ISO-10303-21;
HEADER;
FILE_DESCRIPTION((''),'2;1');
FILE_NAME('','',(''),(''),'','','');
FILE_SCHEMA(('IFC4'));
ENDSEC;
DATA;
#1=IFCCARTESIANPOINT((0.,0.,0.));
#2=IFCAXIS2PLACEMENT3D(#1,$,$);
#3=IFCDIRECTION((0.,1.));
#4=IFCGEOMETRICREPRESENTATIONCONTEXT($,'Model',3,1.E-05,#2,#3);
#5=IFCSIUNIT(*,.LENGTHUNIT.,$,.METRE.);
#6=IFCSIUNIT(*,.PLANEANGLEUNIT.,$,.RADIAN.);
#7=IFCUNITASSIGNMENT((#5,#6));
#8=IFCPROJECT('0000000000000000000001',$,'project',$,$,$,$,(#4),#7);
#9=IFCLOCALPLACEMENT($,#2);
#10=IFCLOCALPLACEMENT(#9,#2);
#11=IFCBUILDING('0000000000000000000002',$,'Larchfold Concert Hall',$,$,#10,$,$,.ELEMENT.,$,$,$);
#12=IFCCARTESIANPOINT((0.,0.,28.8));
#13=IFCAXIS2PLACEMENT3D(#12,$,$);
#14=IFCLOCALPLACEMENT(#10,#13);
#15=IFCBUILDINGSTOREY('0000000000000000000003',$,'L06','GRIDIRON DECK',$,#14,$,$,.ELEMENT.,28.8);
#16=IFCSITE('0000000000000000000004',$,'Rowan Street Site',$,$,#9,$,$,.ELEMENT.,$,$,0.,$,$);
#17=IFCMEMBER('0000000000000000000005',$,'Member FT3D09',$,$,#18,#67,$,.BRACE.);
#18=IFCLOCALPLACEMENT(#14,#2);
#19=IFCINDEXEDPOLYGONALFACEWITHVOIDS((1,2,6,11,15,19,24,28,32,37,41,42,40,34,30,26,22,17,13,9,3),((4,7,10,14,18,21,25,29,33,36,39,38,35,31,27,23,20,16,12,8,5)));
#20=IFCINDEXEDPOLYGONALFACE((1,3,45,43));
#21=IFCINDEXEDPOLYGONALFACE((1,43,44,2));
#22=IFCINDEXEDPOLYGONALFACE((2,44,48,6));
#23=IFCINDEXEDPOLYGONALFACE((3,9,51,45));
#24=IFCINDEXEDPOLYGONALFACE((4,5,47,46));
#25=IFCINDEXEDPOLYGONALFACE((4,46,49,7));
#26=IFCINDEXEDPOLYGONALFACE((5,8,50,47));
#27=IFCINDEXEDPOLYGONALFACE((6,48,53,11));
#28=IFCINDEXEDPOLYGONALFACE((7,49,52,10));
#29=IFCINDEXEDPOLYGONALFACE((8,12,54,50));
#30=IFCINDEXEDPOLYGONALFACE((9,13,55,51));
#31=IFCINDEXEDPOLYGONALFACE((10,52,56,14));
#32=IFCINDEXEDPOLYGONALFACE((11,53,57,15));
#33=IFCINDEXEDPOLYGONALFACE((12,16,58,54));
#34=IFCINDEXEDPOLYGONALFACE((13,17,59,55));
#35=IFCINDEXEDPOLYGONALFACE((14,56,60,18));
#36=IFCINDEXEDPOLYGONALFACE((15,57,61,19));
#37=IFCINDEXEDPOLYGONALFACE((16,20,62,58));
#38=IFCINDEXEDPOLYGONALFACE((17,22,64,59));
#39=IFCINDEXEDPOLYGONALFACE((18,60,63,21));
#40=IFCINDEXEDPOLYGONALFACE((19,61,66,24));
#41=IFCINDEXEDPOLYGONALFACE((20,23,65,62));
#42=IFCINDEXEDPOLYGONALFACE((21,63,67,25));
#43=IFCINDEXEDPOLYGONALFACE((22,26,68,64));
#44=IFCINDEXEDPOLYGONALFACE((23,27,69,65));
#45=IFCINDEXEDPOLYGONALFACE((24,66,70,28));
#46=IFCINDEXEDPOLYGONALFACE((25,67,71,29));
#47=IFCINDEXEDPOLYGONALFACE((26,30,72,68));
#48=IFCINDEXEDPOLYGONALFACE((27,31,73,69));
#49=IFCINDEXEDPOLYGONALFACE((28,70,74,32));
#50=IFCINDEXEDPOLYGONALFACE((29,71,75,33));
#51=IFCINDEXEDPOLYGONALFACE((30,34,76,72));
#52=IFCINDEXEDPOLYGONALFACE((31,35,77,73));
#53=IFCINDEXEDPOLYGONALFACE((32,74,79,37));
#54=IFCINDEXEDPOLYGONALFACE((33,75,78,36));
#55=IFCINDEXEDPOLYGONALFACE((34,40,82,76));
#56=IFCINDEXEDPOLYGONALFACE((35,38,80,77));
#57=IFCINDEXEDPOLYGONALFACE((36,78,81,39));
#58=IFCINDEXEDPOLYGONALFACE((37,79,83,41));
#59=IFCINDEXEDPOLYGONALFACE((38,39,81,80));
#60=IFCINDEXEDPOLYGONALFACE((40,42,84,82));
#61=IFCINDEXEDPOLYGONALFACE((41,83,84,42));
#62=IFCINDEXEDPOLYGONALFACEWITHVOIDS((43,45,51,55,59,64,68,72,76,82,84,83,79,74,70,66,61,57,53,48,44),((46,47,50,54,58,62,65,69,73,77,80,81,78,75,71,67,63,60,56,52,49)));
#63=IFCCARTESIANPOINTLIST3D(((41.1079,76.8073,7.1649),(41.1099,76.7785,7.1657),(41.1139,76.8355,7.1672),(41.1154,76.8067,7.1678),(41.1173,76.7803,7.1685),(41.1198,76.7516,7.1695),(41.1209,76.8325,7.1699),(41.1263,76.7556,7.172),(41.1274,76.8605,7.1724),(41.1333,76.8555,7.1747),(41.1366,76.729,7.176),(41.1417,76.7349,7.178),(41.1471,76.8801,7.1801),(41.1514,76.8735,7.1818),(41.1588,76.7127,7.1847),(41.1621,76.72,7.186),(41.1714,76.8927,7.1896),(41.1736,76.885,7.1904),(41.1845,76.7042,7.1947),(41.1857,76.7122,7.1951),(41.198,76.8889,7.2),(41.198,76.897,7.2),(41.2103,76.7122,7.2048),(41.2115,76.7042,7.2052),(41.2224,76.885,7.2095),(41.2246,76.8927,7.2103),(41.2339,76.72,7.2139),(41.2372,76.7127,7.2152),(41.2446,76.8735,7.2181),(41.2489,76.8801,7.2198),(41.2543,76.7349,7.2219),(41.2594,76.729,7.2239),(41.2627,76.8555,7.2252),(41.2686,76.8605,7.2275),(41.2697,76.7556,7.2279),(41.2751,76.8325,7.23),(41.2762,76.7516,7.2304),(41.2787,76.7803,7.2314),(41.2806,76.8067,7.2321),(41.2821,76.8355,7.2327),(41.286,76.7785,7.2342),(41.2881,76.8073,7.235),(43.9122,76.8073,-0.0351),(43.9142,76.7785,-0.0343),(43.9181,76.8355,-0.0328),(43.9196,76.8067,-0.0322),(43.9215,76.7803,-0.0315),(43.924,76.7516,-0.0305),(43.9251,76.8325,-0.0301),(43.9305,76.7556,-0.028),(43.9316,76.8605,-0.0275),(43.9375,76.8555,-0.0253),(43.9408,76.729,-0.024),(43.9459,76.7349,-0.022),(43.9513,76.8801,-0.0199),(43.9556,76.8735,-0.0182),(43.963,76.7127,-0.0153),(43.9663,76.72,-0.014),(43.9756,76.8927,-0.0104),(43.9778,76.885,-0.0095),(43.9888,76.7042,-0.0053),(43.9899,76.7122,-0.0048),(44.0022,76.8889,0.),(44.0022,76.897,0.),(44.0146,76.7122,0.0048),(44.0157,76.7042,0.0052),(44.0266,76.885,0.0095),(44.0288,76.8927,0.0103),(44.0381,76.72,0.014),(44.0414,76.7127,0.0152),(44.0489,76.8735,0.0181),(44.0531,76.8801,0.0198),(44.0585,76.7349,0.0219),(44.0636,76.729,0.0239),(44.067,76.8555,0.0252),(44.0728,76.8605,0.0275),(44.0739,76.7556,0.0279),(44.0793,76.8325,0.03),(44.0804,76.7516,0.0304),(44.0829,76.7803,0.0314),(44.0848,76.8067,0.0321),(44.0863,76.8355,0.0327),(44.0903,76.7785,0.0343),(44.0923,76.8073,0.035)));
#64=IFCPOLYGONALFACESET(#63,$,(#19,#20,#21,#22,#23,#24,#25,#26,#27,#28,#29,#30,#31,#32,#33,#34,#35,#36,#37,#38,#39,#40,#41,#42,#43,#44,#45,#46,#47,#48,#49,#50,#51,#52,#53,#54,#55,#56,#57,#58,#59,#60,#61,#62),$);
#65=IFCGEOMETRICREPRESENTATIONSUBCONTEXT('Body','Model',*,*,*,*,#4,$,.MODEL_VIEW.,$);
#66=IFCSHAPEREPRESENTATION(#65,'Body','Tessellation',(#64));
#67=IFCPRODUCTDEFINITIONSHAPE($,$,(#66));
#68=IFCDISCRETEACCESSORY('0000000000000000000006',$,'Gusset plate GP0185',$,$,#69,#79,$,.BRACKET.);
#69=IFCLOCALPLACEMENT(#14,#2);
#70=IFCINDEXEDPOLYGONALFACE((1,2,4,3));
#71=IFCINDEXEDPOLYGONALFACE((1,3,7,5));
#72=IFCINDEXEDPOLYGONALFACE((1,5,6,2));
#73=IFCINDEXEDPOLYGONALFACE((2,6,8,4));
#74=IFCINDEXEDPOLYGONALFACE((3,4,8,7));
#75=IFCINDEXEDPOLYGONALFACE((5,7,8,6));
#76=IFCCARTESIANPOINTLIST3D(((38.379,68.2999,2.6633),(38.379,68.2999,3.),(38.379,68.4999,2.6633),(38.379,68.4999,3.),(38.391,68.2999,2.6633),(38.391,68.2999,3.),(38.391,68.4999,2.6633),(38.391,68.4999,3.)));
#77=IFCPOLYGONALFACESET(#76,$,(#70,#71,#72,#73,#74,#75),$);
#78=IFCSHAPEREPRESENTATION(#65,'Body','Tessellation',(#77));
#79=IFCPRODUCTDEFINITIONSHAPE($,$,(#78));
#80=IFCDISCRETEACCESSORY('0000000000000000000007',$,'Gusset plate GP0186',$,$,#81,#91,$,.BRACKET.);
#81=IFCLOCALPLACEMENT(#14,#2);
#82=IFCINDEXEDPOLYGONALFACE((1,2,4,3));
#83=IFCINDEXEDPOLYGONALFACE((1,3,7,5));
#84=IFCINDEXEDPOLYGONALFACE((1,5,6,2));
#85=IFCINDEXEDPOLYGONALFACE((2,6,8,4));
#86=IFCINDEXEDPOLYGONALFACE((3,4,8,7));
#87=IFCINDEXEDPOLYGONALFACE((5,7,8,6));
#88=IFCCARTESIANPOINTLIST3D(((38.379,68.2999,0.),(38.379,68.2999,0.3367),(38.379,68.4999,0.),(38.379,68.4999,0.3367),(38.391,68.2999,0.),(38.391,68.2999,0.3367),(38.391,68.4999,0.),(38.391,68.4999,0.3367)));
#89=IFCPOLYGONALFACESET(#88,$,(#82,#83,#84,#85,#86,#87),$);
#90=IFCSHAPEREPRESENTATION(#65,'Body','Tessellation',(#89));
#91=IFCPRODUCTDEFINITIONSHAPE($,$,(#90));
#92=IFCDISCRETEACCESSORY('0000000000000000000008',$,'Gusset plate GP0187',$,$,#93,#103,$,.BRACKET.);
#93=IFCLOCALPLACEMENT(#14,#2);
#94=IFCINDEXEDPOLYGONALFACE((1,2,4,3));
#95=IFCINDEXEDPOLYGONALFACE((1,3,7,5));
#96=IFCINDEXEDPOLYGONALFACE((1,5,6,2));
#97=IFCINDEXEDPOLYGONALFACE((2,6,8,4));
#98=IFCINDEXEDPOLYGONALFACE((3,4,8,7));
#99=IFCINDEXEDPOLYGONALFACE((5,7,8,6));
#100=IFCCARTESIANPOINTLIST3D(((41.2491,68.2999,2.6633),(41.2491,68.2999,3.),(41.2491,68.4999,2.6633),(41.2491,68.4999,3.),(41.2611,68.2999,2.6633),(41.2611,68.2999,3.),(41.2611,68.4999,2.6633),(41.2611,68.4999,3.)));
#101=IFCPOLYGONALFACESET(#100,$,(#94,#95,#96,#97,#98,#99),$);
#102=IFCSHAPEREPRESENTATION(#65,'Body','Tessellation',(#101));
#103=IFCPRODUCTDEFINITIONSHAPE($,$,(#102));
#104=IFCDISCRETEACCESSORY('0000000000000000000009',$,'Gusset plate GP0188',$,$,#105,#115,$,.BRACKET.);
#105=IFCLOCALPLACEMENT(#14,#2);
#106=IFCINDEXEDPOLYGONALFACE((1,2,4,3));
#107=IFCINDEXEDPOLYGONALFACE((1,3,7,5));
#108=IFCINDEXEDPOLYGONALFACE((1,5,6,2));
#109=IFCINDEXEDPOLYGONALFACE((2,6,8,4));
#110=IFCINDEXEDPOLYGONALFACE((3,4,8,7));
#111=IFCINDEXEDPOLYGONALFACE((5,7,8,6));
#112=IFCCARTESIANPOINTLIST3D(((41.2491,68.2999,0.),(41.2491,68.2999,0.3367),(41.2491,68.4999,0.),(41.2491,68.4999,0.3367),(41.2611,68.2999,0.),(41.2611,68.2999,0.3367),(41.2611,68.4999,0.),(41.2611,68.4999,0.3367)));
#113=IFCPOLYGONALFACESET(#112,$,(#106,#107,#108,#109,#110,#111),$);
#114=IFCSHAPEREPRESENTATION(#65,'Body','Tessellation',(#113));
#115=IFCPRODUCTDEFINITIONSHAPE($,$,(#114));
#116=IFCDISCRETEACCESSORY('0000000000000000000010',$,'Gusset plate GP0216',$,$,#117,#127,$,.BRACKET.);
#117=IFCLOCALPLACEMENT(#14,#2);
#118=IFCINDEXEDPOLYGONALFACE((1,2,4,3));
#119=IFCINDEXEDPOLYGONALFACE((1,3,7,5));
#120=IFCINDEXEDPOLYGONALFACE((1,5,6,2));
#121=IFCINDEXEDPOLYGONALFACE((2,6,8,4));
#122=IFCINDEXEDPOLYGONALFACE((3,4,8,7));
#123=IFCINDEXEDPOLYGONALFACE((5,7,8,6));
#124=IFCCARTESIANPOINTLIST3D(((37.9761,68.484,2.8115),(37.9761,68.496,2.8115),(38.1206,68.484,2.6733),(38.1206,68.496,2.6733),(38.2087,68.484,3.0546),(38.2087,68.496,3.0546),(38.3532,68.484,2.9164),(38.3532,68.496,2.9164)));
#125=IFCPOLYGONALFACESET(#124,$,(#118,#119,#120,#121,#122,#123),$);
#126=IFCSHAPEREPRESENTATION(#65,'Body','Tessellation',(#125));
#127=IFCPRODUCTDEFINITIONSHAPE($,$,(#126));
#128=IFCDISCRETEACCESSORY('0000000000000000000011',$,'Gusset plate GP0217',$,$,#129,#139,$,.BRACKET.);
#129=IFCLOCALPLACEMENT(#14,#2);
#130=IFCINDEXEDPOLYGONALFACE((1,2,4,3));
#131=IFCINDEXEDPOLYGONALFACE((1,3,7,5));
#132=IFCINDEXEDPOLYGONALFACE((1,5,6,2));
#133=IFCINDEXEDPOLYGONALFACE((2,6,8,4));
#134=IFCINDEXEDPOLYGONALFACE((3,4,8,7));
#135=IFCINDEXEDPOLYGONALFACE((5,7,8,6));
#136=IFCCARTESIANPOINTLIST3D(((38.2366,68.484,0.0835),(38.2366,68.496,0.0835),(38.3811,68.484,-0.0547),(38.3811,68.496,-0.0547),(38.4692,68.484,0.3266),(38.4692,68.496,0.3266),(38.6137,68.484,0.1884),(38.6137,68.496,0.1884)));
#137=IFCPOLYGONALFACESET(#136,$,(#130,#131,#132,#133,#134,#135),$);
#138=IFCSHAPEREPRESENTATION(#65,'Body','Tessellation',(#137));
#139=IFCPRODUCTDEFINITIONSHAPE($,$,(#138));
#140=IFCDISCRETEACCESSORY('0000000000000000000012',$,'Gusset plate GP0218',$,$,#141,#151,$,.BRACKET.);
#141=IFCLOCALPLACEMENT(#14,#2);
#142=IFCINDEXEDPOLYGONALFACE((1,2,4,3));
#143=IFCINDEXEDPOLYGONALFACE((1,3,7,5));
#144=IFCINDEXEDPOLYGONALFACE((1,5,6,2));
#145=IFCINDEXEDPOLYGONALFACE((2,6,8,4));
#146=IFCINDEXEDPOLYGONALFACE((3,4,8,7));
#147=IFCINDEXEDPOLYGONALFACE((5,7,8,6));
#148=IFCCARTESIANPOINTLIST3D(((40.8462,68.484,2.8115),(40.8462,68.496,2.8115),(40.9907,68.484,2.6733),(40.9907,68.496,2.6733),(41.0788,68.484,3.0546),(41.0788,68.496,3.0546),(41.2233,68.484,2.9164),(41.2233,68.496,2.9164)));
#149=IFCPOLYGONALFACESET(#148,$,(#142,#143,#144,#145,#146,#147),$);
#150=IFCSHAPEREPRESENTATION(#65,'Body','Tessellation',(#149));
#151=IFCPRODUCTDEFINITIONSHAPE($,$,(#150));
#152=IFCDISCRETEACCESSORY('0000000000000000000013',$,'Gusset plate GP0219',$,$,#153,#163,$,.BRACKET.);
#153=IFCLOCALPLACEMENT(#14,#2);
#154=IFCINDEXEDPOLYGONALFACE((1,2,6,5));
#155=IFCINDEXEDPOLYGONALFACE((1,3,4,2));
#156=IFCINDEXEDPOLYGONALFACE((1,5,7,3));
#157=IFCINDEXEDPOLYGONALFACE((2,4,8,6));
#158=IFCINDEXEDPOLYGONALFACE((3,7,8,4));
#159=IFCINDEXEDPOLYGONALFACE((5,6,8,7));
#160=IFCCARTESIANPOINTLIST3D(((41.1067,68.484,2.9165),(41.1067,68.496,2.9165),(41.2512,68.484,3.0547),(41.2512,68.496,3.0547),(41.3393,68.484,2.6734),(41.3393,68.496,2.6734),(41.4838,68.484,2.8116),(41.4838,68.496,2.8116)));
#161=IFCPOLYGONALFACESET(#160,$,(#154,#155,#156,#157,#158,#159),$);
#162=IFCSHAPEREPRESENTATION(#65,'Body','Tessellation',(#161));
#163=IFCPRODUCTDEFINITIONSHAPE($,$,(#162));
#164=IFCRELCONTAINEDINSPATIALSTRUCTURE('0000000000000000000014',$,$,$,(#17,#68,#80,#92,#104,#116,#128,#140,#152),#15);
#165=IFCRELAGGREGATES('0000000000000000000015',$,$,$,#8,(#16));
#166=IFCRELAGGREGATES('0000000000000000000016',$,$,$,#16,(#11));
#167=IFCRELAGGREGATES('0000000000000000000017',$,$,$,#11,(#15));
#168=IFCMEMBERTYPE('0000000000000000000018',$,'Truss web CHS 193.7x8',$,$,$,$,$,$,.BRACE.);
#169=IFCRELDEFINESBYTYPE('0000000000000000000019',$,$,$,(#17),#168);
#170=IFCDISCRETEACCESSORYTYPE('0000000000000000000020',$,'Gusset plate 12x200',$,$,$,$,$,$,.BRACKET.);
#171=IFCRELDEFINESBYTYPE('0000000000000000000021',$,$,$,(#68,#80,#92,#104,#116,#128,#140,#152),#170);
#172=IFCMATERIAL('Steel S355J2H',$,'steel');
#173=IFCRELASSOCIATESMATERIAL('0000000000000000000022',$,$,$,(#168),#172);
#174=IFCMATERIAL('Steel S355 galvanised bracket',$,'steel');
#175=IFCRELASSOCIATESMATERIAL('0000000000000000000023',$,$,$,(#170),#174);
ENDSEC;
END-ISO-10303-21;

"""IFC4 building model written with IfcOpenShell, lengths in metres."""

from ifc_helpers import new_model, si_unit, direction, frame, origin, origin_2d, place, context, subcontext, project, spatial, rectangle, hollow_circle, extrude, material, material_profile, profile_set, type_object, element, save


model = new_model("IFC4")

# Units and contexts
model_context = context("Model", 3, precision=1e-05, world=origin(), true_north=direction((0.0, 1.0)))
body_context = subcontext(model_context, "Body", "Model", "MODEL_VIEW")
ifc_project = project(units=[si_unit("LENGTHUNIT", "METRE"), si_unit("PLANEANGLEUNIT", "RADIAN")], contexts=[model_context])

# Site, building, storey
site_placement = place(None, origin())
site = spatial("IfcSite", under=ifc_project, at=site_placement, Name="Rowan Street Site", CompositionType="ELEMENT", RefElevation=0.0)
building_placement = place(site_placement, origin())
building = spatial("IfcBuilding", under=site, at=building_placement, Name="Larchfold Concert Hall", CompositionType="ELEMENT")
storey_placement = place(building_placement, frame((0.0, 0.0, 28.8)))
storey = spatial("IfcBuildingStorey", under=building, at=storey_placement, Name="L06", Description="GRIDIRON DECK", CompositionType="ELEMENT", Elevation=28.8)

# Member
ifc_material_1 = material(Name="Steel S355J2H", Category="steel")
ifc_material_profile_1 = material_profile(ifc_material_1, hollow_circle(Radius=0.0969, WallThickness=0.0081, at=origin_2d()))
ifc_profile_set_1 = profile_set([ifc_material_profile_1], Name="Steel S355J2H")
member_type_1 = type_object("IfcMemberType", Name="Truss web CHS 193.7x8", PredefinedType="BRACE", material=ifc_profile_set_1)
for number, where, z_axis, x_axis, name in (
    (1, (41.198, 76.8, 7.2), (0.36292, 0.0, -0.93182), (0.0, 1.0, 0.0), "Member FT3D09"),
):
    element("IfcMember", number, at=place(storey_placement, frame(where, z_axis=z_axis, x_axis=x_axis)), inside=storey, type_object=member_type_1, Name=name, PredefinedType="BRACE", context=body_context, shape_type="SweptSolid", body=[
        extrude(hollow_circle(Radius=0.0969, WallThickness=0.0081, at=origin_2d()), origin(), (0.0, 0.0, 1.0), 7.7268),
    ])

# Discrete accessories
ifc_material_2 = material(Name="Steel S355 galvanised bracket", Category="steel")
ifc_material_profile_2 = material_profile(ifc_material_2, rectangle(XDim=0.012, YDim=0.2, at=origin_2d()))
ifc_profile_set_2 = profile_set([ifc_material_profile_2], Name="Steel S355 galvanised bracket")
discrete_accessory_type = type_object("IfcDiscreteAccessoryType", Name="Gusset plate 12x200", PredefinedType="BRACKET", material=ifc_profile_set_2)
for number, where, z_axis, x_axis, name in (
    (2, (38.385, 68.3999, 3.0), (0.0, 0.0, -1.0), (1.0, 0.0, 0.0), "Gusset plate GP0185"),
    (3, (38.385, 68.3999, 0.3367), (0.0, 0.0, -1.0), (1.0, 0.0, 0.0), "Gusset plate GP0186"),
    (4, (41.2551, 68.3999, 3.0), (0.0, 0.0, -1.0), (1.0, 0.0, 0.0), "Gusset plate GP0187"),
    (5, (41.2551, 68.3999, 0.3367), (0.0, 0.0, -1.0), (1.0, 0.0, 0.0), "Gusset plate GP0188"),
):
    element("IfcDiscreteAccessory", number, at=place(storey_placement, frame(where, z_axis=z_axis, x_axis=x_axis)), inside=storey, type_object=discrete_accessory_type, Name=name, PredefinedType="BRACKET", context=body_context, shape_type="SweptSolid", body=[
        extrude(rectangle(XDim=0.012, YDim=0.2, at=origin_2d()), origin(), (0.0, 0.0, 1.0), 0.3367),
    ])
for number, where, z_axis, x_axis, name in (
    (6, (38.0483, 68.49, 2.7424), (0.691338, 0.0, 0.722532), (0.0, 1.0, 0.0), "Gusset plate GP0216"),
    (7, (38.3088, 68.49, 0.0144), (0.691338, 0.0, 0.722532), (0.0, 1.0, 0.0), "Gusset plate GP0217"),
    (8, (40.9185, 68.49, 2.7424), (0.691338, 0.0, 0.722532), (0.0, 1.0, 0.0), "Gusset plate GP0218"),
    (9, (41.179, 68.49, 2.9856), (0.691338, 0.0, -0.722532), (0.0, 1.0, 0.0), "Gusset plate GP0219"),
):
    element("IfcDiscreteAccessory", number, at=place(storey_placement, frame(where, z_axis=z_axis, x_axis=x_axis)), inside=storey, type_object=discrete_accessory_type, Name=name, PredefinedType="BRACKET", context=body_context, shape_type="SweptSolid", body=[
        extrude(rectangle(XDim=0.012, YDim=0.2, at=origin_2d()), origin(), (0.0, 0.0, 1.0), 0.3364),
    ])

save(model, "model.ifc")
